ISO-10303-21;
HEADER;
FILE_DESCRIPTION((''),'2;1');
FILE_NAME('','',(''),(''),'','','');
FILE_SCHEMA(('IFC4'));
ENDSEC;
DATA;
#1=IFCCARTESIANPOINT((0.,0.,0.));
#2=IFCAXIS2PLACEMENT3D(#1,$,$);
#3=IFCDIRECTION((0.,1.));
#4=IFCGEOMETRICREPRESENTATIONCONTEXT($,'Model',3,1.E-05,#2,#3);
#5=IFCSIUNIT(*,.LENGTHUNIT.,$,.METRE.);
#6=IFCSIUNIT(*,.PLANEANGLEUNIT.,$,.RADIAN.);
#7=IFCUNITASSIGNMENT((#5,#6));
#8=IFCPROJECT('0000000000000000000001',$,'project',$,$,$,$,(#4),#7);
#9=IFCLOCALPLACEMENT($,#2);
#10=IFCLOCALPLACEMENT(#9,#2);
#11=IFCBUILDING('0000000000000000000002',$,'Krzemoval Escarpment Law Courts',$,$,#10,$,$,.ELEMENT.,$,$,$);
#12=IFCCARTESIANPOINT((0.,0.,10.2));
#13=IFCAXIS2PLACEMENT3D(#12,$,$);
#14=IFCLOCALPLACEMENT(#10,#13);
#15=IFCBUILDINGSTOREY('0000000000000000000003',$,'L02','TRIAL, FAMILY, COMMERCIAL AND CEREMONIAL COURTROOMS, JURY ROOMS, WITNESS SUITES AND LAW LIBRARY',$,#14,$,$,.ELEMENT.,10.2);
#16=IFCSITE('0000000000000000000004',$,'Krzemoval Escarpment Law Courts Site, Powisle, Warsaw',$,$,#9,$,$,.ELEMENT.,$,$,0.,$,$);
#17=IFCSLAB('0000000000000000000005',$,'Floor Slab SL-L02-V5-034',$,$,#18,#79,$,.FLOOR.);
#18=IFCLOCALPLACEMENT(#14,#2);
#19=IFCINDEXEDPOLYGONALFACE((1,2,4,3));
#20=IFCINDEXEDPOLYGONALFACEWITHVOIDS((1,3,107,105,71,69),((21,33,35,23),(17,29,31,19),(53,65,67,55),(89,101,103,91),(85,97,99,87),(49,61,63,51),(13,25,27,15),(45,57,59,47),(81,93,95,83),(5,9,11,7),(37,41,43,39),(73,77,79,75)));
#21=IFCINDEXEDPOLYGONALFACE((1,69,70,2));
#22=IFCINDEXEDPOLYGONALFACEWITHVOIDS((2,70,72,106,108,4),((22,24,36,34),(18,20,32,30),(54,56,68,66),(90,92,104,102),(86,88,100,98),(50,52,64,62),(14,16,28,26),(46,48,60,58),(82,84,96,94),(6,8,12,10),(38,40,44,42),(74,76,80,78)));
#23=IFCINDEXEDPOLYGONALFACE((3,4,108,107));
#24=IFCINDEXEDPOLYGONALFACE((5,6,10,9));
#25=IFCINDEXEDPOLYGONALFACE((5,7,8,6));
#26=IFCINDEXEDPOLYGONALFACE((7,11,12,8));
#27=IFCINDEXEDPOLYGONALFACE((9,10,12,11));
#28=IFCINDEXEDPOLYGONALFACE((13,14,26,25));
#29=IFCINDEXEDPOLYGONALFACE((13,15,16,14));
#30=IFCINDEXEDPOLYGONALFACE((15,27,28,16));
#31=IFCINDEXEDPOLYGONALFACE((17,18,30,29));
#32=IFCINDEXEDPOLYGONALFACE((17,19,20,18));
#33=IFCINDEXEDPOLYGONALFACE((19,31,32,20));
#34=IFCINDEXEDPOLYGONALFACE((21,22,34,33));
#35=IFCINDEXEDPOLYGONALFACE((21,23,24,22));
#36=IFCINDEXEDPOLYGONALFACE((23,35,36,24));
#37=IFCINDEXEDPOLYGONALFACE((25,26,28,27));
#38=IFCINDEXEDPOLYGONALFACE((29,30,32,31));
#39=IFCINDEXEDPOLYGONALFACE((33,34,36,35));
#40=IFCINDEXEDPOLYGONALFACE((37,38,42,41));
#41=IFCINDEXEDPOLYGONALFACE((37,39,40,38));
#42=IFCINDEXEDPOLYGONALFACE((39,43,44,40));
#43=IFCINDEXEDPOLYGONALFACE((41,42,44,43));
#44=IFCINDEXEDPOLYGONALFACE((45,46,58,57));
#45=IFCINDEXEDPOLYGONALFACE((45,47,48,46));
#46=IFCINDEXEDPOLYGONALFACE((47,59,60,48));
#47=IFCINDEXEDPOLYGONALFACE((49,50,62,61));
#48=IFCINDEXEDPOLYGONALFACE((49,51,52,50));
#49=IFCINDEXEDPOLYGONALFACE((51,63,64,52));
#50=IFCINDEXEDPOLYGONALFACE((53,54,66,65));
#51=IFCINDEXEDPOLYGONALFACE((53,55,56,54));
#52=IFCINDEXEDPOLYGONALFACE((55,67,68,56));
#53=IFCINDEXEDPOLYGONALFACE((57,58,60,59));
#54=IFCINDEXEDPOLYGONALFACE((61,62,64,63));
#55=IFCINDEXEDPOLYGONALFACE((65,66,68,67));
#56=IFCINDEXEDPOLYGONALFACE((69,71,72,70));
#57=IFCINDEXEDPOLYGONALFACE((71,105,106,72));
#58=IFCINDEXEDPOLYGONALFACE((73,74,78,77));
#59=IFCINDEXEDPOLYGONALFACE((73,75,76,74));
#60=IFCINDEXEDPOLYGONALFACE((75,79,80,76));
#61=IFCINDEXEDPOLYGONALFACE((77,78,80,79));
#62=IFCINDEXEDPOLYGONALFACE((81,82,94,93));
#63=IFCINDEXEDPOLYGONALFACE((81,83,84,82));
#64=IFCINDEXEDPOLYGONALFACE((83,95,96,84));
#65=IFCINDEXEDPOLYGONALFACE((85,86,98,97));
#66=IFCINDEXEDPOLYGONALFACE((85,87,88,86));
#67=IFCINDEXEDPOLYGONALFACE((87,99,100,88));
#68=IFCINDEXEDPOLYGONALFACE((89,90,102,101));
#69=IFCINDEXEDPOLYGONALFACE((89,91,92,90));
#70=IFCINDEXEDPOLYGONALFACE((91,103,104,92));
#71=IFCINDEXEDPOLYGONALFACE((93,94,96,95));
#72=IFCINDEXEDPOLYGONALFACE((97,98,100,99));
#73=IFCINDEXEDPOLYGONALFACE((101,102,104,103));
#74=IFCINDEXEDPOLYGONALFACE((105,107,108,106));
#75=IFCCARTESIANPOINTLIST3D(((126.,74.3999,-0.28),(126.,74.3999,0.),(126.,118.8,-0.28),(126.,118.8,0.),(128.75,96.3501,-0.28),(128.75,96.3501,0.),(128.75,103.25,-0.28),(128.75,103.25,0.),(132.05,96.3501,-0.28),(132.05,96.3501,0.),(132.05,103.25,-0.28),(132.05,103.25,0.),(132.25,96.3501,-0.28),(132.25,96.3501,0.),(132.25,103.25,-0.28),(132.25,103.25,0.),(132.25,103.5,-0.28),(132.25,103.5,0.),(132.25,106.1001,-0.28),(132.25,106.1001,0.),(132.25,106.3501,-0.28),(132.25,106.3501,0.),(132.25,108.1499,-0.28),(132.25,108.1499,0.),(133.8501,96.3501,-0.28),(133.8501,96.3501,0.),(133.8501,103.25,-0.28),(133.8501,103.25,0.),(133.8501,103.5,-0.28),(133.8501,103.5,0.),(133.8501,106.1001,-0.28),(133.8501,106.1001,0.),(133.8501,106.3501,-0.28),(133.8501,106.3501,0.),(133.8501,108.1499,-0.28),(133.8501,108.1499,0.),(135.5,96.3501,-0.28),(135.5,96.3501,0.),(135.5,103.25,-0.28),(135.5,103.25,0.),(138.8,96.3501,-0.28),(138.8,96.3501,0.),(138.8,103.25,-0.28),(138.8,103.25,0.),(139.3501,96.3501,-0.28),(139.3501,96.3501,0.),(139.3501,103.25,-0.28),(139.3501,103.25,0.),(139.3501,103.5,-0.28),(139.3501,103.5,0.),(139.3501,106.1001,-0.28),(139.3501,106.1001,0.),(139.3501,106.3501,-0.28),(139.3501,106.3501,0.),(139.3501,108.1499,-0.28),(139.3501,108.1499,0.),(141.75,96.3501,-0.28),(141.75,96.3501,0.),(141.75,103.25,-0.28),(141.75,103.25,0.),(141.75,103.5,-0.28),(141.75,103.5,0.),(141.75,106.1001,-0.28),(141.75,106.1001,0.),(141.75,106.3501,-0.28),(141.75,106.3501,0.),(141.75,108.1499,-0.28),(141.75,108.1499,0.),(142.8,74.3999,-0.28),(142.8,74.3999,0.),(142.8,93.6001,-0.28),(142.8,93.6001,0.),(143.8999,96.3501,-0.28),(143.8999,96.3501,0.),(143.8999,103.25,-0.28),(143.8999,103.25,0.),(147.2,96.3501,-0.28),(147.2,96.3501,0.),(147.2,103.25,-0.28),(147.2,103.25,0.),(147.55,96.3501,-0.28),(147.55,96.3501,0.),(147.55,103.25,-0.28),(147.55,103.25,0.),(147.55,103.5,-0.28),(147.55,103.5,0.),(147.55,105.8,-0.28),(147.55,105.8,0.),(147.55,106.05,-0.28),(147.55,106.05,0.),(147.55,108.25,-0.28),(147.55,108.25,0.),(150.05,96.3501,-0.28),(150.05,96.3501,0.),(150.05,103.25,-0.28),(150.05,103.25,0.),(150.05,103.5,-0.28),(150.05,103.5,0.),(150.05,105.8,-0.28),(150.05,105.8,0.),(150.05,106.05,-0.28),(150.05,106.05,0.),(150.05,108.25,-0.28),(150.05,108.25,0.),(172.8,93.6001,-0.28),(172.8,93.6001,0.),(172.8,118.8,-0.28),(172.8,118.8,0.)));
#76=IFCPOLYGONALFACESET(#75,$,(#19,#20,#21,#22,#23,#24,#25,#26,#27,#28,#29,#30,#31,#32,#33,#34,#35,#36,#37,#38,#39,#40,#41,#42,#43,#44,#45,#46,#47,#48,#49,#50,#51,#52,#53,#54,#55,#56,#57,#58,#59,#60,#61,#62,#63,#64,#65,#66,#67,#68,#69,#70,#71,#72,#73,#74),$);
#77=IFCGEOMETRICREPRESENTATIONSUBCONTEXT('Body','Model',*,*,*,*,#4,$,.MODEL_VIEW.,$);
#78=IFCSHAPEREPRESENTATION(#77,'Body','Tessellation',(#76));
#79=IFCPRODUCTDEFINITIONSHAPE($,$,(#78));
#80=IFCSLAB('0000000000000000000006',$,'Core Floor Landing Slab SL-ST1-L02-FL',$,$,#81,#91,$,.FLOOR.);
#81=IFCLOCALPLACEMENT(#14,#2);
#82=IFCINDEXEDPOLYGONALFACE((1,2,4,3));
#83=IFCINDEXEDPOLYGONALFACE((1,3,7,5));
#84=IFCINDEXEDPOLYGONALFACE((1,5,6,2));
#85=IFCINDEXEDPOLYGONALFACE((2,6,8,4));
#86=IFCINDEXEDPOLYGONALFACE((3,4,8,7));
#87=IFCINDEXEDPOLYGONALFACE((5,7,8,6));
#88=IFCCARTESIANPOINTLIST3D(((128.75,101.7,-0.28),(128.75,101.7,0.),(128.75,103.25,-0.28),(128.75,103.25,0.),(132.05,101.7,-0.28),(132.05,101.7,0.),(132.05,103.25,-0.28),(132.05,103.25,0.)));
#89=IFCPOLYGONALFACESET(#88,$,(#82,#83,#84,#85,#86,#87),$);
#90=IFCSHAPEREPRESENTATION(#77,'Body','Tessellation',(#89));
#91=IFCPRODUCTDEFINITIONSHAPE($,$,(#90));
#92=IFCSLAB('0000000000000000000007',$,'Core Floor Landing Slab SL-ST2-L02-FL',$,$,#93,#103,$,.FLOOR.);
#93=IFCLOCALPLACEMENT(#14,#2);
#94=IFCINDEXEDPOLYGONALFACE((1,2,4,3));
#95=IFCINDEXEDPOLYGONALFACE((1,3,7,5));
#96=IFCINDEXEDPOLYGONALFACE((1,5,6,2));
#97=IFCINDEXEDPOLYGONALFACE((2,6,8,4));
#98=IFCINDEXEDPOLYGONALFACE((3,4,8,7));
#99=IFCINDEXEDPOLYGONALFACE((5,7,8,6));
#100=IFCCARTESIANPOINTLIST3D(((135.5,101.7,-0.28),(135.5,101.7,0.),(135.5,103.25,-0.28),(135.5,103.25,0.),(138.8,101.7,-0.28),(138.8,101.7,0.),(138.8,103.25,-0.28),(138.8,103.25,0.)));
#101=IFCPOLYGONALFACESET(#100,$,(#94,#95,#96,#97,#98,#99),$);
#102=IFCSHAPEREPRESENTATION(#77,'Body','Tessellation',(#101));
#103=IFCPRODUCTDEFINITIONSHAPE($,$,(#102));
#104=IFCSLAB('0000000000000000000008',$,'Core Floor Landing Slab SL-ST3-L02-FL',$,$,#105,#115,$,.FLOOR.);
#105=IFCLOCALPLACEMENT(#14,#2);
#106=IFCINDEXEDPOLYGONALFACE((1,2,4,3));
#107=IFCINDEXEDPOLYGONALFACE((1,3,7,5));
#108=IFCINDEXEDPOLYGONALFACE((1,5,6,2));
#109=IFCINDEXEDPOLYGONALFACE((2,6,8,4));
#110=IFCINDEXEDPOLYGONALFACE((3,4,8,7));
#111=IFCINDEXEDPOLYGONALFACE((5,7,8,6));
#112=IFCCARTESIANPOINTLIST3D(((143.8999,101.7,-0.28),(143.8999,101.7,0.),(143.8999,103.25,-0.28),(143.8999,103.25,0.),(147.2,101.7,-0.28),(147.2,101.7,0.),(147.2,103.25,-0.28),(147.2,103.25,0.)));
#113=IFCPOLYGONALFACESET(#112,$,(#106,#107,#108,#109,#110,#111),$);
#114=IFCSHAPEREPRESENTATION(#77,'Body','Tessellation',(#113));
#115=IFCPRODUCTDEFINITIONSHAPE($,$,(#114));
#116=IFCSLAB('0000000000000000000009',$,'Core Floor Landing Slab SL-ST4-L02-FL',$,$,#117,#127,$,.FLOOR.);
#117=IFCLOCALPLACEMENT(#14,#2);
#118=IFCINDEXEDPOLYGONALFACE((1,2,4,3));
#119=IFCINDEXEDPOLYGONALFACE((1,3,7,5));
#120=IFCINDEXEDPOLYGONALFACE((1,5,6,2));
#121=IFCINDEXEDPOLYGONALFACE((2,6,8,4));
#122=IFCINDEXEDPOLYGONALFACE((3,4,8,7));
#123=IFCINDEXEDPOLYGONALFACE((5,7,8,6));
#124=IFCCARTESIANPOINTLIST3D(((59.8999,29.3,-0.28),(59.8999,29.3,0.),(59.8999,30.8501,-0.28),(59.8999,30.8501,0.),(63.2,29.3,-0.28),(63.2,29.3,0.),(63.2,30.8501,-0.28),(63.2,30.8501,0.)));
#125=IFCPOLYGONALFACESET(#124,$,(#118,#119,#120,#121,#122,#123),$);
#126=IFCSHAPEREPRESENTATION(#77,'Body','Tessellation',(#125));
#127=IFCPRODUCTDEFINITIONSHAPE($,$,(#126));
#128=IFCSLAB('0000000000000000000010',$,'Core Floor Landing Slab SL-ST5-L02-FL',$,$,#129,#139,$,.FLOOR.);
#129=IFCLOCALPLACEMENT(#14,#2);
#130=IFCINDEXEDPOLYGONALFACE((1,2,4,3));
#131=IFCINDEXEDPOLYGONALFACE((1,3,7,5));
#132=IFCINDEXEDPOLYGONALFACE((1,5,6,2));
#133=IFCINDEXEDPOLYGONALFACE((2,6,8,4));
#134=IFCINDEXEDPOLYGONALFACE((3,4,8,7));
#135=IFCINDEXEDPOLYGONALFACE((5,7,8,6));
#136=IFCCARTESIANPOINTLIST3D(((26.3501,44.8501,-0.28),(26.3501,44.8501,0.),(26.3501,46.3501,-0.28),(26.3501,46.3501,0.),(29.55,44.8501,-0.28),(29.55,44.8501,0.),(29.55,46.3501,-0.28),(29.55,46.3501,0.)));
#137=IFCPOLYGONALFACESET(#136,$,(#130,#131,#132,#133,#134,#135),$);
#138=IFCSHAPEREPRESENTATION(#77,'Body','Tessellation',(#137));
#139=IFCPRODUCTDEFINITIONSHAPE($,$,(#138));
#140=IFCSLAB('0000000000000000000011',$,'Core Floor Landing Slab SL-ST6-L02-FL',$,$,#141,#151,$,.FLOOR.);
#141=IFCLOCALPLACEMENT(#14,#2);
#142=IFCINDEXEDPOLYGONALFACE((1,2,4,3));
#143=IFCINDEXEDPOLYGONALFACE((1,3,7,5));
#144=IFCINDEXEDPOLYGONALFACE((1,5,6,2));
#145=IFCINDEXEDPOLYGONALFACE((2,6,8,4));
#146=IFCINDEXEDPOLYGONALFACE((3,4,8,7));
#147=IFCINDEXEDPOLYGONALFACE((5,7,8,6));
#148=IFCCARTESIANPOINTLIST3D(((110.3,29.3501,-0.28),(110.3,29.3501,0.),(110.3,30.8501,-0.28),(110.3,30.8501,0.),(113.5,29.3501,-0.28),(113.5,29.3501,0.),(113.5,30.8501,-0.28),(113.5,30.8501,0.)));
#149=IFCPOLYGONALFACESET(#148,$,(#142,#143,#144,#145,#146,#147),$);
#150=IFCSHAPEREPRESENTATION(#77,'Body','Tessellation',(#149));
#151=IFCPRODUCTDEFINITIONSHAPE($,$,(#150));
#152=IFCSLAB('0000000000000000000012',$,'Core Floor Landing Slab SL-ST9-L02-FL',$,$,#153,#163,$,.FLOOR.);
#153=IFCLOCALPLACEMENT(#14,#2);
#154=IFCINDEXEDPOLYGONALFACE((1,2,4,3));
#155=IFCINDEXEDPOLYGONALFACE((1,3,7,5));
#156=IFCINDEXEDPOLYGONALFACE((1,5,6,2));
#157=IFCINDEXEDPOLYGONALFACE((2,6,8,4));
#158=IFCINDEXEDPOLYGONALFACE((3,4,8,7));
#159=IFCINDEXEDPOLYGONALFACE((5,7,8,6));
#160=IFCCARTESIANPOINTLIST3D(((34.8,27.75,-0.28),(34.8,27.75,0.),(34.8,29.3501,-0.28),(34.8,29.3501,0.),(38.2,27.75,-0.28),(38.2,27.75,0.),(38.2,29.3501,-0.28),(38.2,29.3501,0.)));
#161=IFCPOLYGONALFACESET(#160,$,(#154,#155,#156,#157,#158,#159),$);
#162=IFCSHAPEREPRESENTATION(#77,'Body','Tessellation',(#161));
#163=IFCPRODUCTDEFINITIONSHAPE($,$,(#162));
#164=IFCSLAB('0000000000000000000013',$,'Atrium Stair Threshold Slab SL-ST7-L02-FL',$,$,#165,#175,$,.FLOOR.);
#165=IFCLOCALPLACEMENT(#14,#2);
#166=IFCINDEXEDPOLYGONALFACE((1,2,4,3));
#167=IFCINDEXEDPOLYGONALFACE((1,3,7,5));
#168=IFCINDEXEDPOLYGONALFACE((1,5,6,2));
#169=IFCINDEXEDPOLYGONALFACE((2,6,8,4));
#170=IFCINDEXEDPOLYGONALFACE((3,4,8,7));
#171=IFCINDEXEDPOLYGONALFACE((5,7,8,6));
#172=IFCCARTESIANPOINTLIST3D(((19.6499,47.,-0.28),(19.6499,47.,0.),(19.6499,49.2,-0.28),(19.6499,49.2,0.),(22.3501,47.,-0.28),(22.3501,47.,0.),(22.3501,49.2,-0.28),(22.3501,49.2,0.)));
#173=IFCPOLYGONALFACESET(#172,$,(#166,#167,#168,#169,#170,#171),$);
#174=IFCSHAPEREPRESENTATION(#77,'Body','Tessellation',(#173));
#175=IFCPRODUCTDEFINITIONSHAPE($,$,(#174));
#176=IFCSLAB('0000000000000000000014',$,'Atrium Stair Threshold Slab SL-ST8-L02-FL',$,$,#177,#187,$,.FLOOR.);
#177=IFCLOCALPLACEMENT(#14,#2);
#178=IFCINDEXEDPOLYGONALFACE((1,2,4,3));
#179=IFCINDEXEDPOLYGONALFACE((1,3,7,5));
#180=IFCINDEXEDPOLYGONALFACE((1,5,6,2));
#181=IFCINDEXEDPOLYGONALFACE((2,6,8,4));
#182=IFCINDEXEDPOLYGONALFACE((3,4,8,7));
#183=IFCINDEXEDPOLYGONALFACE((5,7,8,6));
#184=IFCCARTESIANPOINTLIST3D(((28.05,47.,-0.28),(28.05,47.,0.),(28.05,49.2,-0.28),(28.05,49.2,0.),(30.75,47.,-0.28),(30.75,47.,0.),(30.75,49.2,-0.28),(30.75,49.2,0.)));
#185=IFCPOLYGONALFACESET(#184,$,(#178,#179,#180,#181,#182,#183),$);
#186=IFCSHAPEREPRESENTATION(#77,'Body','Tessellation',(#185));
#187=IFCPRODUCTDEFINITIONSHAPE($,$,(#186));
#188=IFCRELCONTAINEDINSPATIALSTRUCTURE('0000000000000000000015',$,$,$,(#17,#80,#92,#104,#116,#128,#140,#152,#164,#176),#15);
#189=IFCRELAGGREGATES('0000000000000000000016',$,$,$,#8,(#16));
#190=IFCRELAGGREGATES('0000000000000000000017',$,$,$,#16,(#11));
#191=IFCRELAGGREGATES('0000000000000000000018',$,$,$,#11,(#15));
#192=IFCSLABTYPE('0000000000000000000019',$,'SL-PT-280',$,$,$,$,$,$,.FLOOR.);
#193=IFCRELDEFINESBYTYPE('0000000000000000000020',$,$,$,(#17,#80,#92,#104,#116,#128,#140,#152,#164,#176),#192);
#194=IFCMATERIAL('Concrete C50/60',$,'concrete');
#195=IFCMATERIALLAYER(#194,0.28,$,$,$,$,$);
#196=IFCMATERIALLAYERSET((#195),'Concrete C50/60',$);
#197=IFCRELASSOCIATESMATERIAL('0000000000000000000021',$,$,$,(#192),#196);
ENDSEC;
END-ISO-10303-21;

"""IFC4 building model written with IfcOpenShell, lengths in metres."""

from ifc_helpers import new_model, si_unit, direction, frame, origin, place, context, subcontext, project, spatial, polyline, outline, extrude, material, layer, layer_set, type_object, element, save


model = new_model("IFC4")

# Units and contexts
model_context = context("Model", 3, precision=1e-05, world=origin(), true_north=direction((0.0, 1.0)))
body_context = subcontext(model_context, "Body", "Model", "MODEL_VIEW")
ifc_project = project(units=[si_unit("LENGTHUNIT", "METRE"), si_unit("PLANEANGLEUNIT", "RADIAN")], contexts=[model_context])

# Site, building, storey
site_placement = place(None, origin())
site = spatial("IfcSite", under=ifc_project, at=site_placement, Name="Krzemoval Escarpment Law Courts Site, Powisle, Warsaw", CompositionType="ELEMENT", RefElevation=0.0)
building_placement = place(site_placement, origin())
building = spatial("IfcBuilding", under=site, at=building_placement, Name="Krzemoval Escarpment Law Courts", CompositionType="ELEMENT")
storey_placement = place(building_placement, frame((0.0, 0.0, 10.2)))
storey = spatial("IfcBuildingStorey", under=building, at=storey_placement, Name="L02", Description="TRIAL, FAMILY, COMMERCIAL AND CEREMONIAL COURTROOMS, JURY ROOMS, WITNESS SUITES AND LAW LIBRARY", CompositionType="ELEMENT", Elevation=10.2)

# Slabs
ifc_material_1 = material(Name="Concrete C50/60", Category="concrete")
ifc_layer_1 = layer(ifc_material_1, 0.28)
ifc_layer_set_1 = layer_set([ifc_layer_1], Name="Concrete C50/60")
slab_type_1 = type_object("IfcSlabType", Name="SL-PT-280", PredefinedType="FLOOR", material=ifc_layer_set_1)
slab_1_placement = place(storey_placement, frame((0.0, 0.0, -0.28)))
element("IfcSlab", 1, at=slab_1_placement, inside=storey, type_object=slab_type_1, Name="Floor Slab SL-L02-V5-034", PredefinedType="FLOOR", context=body_context, shape_type="SweptSolid", body=[
    extrude(outline(polyline([(142.8, 93.6001), (142.8, 74.3999), (126.0, 74.3999), (126.0, 118.8), (172.8, 118.8), (172.8, 93.6001), (142.8, 93.6001)]), holes=[polyline([(133.8501, 103.5), (133.8501, 106.1001), (132.25, 106.1001), (132.25, 103.5), (133.8501, 103.5)]), polyline([(132.25, 106.3501), (133.8501, 106.3501), (133.8501, 108.1499), (132.25, 108.1499), (132.25, 106.3501)]), polyline([(132.25, 103.25), (132.25, 96.3501), (133.8501, 96.3501), (133.8501, 103.25), (132.25, 103.25)]), polyline([(141.75, 106.1001), (139.3501, 106.1001), (139.3501, 103.5), (141.75, 103.5), (141.75, 106.1001)]), polyline([(141.75, 106.3501), (141.75, 108.1499), (139.3501, 108.1499), (139.3501, 106.3501), (141.75, 106.3501)]), polyline([(139.3501, 96.3501), (141.75, 96.3501), (141.75, 103.25), (139.3501, 103.25), (139.3501, 96.3501)]), polyline([(147.55, 105.8), (147.55, 103.5), (150.05, 103.5), (150.05, 105.8), (147.55, 105.8)]), polyline([(150.05, 108.25), (147.55, 108.25), (147.55, 106.05), (150.05, 106.05), (150.05, 108.25)]), polyline([(150.05, 96.3501), (150.05, 103.25), (147.55, 103.25), (147.55, 96.3501), (150.05, 96.3501)]), polyline([(128.75, 96.3501), (132.05, 96.3501), (132.05, 103.25), (128.75, 103.25), (128.75, 96.3501)]), polyline([(135.5, 103.25), (135.5, 96.3501), (138.8, 96.3501), (138.8, 103.25), (135.5, 103.25)]), polyline([(147.2, 103.25), (143.8999, 103.25), (143.8999, 96.3501), (147.2, 96.3501), (147.2, 103.25)])]), origin(), (0.0, 0.0, 1.0), 0.28),
])
slab_2_placement = place(storey_placement, frame((0.0, 0.0, -0.28)))
element("IfcSlab", 2, at=slab_2_placement, inside=storey, type_object=slab_type_1, Name="Core Floor Landing Slab SL-ST1-L02-FL", PredefinedType="FLOOR", context=body_context, shape_type="SweptSolid", body=[
    extrude(outline(polyline([(128.75, 103.25), (128.75, 101.7), (132.05, 101.7), (132.05, 103.25), (128.75, 103.25)])), origin(), (0.0, 0.0, 1.0), 0.28),
])
slab_3_placement = place(storey_placement, frame((0.0, 0.0, -0.28)))
element("IfcSlab", 3, at=slab_3_placement, inside=storey, type_object=slab_type_1, Name="Core Floor Landing Slab SL-ST2-L02-FL", PredefinedType="FLOOR", context=body_context, shape_type="SweptSolid", body=[
    extrude(outline(polyline([(135.5, 103.25), (135.5, 101.7), (138.8, 101.7), (138.8, 103.25), (135.5, 103.25)])), origin(), (0.0, 0.0, 1.0), 0.28),
])
slab_4_placement = place(storey_placement, frame((0.0, 0.0, -0.28)))
element("IfcSlab", 4, at=slab_4_placement, inside=storey, type_object=slab_type_1, Name="Core Floor Landing Slab SL-ST3-L02-FL", PredefinedType="FLOOR", context=body_context, shape_type="SweptSolid", body=[
    extrude(outline(polyline([(143.8999, 103.25), (143.8999, 101.7), (147.2, 101.7), (147.2, 103.25), (143.8999, 103.25)])), origin(), (0.0, 0.0, 1.0), 0.28),
])
slab_5_placement = place(storey_placement, frame((0.0, 0.0, -0.28)))
element("IfcSlab", 5, at=slab_5_placement, inside=storey, type_object=slab_type_1, Name="Core Floor Landing Slab SL-ST4-L02-FL", PredefinedType="FLOOR", context=body_context, shape_type="SweptSolid", body=[
    extrude(outline(polyline([(59.8999, 30.8501), (59.8999, 29.3), (63.2, 29.3), (63.2, 30.8501), (59.8999, 30.8501)])), origin(), (0.0, 0.0, 1.0), 0.28),
])
slab_6_placement = place(storey_placement, frame((0.0, 0.0, -0.28)))
element("IfcSlab", 6, at=slab_6_placement, inside=storey, type_object=slab_type_1, Name="Core Floor Landing Slab SL-ST5-L02-FL", PredefinedType="FLOOR", context=body_context, shape_type="SweptSolid", body=[
    extrude(outline(polyline([(26.3501, 46.3501), (26.3501, 44.8501), (29.55, 44.8501), (29.55, 46.3501), (26.3501, 46.3501)])), origin(), (0.0, 0.0, 1.0), 0.28),
])
slab_7_placement = place(storey_placement, frame((0.0, 0.0, -0.28)))
element("IfcSlab", 7, at=slab_7_placement, inside=storey, type_object=slab_type_1, Name="Core Floor Landing Slab SL-ST6-L02-FL", PredefinedType="FLOOR", context=body_context, shape_type="SweptSolid", body=[
    extrude(outline(polyline([(110.3, 30.8501), (110.3, 29.3501), (113.5, 29.3501), (113.5, 30.8501), (110.3, 30.8501)])), origin(), (0.0, 0.0, 1.0), 0.28),
])
slab_8_placement = place(storey_placement, frame((0.0, 0.0, -0.28)))
element("IfcSlab", 8, at=slab_8_placement, inside=storey, type_object=slab_type_1, Name="Core Floor Landing Slab SL-ST9-L02-FL", PredefinedType="FLOOR", context=body_context, shape_type="SweptSolid", body=[
    extrude(outline(polyline([(38.2, 27.75), (38.2, 29.3501), (34.8, 29.3501), (34.8, 27.75), (38.2, 27.75)])), origin(), (0.0, 0.0, 1.0), 0.28),
])
slab_9_placement = place(storey_placement, frame((0.0, 0.0, -0.28)))
element("IfcSlab", 9, at=slab_9_placement, inside=storey, type_object=slab_type_1, Name="Atrium Stair Threshold Slab SL-ST7-L02-FL", PredefinedType="FLOOR", context=body_context, shape_type="SweptSolid", body=[
    extrude(outline(polyline([(22.3501, 47.0), (22.3501, 49.2), (19.6499, 49.2), (19.6499, 47.0), (22.3501, 47.0)])), origin(), (0.0, 0.0, 1.0), 0.28),
])
slab_10_placement = place(storey_placement, frame((0.0, 0.0, -0.28)))
element("IfcSlab", 10, at=slab_10_placement, inside=storey, type_object=slab_type_1, Name="Atrium Stair Threshold Slab SL-ST8-L02-FL", PredefinedType="FLOOR", context=body_context, shape_type="SweptSolid", body=[
    extrude(outline(polyline([(30.75, 47.0), (30.75, 49.2), (28.05, 49.2), (28.05, 47.0), (30.75, 47.0)])), origin(), (0.0, 0.0, 1.0), 0.28),
])

save(model, "model.ifc")
